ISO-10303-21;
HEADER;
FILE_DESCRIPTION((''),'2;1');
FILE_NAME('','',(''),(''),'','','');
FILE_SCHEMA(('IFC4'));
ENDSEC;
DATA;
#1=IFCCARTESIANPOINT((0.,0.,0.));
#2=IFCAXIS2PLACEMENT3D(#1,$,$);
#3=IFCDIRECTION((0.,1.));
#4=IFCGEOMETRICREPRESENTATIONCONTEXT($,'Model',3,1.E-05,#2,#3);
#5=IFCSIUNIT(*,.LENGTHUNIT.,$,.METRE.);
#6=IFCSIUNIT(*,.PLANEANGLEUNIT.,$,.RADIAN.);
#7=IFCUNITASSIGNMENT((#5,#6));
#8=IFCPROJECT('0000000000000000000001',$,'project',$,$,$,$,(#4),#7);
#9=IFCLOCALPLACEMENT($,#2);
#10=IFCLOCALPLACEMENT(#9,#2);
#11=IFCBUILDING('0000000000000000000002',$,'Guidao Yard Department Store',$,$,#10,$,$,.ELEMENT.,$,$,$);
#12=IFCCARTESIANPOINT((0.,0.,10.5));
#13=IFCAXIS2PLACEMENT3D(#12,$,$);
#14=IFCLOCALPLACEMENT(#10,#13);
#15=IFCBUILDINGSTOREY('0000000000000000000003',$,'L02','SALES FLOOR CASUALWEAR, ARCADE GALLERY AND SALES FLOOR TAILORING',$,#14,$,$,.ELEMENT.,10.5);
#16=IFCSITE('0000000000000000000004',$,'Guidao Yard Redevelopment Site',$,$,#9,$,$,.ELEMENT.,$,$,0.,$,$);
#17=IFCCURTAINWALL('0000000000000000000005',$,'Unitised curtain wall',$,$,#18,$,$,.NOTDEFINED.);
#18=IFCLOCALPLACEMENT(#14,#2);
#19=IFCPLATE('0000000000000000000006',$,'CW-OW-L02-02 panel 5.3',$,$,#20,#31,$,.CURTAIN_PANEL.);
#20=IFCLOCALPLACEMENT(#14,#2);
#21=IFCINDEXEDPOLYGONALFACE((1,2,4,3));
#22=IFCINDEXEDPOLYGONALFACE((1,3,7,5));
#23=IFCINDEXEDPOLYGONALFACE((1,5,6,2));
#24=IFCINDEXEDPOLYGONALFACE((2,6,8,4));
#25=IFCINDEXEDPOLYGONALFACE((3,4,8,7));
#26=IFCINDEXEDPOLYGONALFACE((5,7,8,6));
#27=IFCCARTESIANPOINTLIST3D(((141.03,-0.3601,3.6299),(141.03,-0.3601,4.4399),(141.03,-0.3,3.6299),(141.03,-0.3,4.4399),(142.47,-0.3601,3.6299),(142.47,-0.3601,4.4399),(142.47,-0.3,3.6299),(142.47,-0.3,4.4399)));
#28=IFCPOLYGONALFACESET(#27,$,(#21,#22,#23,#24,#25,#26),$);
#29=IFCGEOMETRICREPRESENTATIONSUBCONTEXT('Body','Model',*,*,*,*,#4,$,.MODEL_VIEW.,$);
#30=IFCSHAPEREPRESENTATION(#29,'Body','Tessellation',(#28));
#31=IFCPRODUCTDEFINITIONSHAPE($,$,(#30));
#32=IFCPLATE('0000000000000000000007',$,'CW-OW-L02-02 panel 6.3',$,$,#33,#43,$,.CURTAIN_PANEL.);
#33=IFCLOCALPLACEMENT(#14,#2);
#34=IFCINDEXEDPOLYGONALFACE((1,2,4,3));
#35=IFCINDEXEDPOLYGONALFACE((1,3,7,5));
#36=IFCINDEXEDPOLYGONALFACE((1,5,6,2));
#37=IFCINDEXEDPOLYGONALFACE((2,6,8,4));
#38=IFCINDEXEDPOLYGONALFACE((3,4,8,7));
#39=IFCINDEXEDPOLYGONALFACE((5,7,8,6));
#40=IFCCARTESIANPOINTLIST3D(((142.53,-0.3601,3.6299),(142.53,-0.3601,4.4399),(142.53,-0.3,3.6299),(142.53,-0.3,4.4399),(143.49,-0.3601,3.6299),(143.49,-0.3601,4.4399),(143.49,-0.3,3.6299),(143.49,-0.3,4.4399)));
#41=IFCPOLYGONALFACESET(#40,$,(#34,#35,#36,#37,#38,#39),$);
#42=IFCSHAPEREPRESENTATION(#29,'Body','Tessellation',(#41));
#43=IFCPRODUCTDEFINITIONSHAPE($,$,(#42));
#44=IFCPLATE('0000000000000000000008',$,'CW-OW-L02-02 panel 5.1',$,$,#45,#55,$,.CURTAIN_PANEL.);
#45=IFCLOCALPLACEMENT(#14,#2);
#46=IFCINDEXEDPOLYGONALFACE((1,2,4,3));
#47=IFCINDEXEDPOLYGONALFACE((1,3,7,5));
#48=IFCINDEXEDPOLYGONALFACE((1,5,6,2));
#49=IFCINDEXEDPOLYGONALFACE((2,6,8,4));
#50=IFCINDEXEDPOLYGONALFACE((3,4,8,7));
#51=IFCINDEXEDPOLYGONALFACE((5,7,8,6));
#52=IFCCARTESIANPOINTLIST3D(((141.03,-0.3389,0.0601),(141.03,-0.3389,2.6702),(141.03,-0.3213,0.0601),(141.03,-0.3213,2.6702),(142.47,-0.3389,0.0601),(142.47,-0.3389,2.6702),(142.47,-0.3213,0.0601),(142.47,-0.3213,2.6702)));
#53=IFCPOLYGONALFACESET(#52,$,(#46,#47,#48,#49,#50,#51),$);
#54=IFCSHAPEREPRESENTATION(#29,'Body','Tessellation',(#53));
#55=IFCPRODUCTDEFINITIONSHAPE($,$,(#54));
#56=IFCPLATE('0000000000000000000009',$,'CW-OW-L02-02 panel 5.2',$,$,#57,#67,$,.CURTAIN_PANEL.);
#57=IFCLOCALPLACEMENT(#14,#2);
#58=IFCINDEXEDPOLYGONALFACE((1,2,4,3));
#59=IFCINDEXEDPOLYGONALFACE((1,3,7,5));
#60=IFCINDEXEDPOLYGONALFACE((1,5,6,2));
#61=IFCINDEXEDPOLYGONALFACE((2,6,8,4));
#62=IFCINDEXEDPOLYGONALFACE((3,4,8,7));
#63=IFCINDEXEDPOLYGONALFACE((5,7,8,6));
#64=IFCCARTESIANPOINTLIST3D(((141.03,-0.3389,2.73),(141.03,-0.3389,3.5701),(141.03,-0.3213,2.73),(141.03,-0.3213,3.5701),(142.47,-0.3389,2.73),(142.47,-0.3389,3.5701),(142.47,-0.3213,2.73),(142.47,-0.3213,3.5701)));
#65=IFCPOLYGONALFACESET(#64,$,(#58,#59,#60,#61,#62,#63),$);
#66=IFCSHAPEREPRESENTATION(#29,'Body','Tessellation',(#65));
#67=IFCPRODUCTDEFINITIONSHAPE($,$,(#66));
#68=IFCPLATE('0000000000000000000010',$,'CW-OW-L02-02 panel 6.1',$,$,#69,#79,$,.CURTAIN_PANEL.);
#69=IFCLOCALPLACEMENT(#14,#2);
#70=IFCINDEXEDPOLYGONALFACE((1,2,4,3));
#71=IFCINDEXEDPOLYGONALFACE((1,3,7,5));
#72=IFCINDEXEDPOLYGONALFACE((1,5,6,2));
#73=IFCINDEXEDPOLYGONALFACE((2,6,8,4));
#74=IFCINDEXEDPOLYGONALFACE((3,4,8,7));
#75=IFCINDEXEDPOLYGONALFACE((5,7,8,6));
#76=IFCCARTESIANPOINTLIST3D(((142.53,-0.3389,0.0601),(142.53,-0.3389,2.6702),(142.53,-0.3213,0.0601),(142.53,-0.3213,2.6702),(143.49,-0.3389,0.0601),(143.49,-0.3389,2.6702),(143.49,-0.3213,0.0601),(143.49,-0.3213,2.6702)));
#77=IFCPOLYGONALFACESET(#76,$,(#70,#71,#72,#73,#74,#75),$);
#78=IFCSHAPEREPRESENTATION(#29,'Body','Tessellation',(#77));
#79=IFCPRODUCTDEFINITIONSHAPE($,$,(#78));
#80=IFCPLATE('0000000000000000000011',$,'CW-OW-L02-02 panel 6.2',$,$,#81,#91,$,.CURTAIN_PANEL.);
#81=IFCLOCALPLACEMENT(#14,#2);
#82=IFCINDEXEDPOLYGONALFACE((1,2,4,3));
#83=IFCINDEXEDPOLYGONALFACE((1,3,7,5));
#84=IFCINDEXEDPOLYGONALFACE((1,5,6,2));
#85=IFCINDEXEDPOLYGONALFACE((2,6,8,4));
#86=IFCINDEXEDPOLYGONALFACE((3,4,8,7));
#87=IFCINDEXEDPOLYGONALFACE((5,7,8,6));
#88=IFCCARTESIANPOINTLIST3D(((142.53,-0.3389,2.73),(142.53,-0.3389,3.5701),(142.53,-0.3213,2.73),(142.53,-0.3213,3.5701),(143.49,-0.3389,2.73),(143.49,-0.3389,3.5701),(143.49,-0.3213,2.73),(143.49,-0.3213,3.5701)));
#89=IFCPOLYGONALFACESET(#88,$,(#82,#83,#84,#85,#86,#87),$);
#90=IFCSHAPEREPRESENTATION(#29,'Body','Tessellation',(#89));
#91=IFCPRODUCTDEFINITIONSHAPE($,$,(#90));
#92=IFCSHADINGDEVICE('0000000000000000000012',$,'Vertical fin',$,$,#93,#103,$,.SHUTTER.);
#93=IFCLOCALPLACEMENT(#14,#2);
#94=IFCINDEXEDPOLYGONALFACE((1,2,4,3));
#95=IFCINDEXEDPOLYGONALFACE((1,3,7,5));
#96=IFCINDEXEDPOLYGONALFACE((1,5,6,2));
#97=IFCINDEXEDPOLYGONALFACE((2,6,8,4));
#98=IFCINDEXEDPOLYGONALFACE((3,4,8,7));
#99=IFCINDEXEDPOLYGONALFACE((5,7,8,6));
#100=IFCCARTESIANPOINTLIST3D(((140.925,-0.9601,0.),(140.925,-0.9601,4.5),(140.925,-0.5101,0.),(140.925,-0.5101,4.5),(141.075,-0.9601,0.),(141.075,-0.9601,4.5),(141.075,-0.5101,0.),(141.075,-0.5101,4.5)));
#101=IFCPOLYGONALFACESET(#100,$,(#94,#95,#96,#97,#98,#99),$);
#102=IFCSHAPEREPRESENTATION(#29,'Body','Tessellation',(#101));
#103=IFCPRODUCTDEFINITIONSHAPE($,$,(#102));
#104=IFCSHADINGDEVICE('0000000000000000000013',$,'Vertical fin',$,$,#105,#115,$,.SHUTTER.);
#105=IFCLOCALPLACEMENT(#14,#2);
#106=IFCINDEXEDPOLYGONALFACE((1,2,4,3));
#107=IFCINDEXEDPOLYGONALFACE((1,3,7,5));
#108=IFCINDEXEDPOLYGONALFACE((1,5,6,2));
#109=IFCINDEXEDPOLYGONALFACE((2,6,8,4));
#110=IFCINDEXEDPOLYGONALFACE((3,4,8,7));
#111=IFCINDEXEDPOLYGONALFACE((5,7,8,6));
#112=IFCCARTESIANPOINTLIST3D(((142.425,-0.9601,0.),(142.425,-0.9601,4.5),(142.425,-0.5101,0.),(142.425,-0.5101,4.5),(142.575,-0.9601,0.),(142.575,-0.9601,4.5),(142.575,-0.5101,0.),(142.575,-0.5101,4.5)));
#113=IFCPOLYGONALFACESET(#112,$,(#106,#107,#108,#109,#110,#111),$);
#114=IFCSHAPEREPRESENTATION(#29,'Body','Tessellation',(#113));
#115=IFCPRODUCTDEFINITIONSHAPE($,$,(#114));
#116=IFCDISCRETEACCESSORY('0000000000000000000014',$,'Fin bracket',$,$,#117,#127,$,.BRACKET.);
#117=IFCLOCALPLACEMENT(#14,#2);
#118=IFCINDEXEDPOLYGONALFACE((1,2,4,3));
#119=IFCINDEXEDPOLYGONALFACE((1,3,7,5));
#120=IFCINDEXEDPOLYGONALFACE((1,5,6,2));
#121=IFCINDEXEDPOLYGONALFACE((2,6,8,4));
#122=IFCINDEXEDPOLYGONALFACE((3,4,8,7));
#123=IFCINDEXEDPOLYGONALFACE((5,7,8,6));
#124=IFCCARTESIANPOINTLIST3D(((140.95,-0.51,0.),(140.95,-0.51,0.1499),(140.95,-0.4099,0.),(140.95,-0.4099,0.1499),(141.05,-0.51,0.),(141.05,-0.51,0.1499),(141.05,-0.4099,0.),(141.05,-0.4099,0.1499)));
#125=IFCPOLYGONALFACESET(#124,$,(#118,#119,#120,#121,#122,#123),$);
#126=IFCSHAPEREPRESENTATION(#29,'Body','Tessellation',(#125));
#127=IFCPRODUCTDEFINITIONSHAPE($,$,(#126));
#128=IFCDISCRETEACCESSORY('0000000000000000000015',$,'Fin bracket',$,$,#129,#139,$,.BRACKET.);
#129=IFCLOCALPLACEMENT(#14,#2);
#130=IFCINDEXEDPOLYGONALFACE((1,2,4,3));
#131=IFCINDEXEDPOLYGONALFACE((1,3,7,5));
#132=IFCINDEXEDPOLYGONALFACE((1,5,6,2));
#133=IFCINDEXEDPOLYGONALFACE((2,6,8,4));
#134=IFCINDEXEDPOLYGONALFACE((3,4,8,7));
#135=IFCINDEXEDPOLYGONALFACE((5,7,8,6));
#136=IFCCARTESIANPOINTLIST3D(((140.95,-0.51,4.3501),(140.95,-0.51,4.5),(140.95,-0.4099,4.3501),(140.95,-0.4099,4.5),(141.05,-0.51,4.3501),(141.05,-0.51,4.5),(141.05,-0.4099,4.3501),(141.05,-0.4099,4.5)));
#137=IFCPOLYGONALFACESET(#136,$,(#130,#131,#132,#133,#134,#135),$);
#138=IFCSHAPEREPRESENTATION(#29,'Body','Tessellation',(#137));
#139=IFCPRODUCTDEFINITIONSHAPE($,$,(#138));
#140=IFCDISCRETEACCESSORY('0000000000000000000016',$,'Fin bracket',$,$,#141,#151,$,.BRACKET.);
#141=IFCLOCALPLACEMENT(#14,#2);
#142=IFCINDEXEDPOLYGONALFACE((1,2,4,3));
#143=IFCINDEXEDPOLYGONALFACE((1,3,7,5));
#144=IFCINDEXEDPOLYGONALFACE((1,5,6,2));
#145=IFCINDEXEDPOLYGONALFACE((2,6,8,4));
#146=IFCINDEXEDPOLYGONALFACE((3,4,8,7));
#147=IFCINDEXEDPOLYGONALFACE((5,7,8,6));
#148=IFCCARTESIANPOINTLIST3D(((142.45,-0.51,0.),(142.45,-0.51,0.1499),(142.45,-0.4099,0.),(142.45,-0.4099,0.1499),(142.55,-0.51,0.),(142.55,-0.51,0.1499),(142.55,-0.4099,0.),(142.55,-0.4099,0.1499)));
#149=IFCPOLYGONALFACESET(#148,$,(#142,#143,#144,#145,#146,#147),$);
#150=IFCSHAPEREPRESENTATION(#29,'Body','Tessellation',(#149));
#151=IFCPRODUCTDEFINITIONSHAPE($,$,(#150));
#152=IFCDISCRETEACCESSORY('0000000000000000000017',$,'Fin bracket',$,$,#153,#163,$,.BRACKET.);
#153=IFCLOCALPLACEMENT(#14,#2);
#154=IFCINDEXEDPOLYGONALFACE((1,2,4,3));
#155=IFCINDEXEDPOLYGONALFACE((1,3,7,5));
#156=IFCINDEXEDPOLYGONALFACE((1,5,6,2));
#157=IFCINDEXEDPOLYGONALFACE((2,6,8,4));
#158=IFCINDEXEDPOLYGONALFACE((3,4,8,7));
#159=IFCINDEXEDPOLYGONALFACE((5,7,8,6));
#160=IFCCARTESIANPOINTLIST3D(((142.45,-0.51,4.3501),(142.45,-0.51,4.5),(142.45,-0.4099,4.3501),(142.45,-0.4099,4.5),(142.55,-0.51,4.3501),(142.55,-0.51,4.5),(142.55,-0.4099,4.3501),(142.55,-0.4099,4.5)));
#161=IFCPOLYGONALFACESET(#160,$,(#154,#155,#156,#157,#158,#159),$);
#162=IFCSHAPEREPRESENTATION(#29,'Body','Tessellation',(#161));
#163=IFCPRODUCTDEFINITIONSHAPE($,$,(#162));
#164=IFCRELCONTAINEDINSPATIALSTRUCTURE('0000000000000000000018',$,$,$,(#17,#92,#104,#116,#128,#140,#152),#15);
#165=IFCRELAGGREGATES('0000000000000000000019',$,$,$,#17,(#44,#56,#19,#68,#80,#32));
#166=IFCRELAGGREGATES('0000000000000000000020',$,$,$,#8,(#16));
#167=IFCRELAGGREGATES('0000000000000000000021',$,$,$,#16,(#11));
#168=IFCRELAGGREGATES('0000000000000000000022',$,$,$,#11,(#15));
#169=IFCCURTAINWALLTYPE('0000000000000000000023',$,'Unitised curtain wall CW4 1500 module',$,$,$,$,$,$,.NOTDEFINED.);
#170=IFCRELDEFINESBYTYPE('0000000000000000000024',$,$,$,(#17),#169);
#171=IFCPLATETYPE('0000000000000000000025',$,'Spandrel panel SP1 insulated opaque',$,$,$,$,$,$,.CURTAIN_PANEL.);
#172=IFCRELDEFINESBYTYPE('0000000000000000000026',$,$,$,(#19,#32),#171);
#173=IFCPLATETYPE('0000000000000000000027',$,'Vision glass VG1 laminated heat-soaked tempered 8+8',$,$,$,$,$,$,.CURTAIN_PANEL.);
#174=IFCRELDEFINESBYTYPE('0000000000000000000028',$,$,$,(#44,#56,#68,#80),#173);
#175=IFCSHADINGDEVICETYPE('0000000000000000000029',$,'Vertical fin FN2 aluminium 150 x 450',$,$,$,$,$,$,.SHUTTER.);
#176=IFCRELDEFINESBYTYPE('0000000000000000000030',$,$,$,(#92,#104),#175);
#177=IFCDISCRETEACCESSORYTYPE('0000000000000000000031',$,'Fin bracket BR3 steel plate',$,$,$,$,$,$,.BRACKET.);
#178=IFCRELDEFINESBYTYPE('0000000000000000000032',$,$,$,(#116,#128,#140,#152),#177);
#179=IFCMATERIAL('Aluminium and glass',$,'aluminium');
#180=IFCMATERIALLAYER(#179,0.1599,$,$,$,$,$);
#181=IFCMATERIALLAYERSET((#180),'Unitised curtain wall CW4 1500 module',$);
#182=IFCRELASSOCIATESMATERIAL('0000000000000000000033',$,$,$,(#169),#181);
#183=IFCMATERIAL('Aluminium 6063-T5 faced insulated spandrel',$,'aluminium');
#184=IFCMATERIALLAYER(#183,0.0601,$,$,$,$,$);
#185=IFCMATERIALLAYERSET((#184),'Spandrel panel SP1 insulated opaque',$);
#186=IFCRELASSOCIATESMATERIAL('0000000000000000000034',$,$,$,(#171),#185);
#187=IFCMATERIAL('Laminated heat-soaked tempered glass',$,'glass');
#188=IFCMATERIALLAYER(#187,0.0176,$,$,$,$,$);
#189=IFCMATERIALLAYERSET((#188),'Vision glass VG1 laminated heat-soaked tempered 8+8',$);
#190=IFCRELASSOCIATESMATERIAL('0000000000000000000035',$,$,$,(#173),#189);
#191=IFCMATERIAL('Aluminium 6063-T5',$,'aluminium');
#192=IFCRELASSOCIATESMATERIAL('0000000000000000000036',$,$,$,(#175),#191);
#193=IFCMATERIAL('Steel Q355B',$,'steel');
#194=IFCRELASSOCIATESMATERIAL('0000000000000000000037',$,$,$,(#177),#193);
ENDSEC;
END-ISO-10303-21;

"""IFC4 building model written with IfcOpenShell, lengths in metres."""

from ifc_helpers import new_model, si_unit, direction, frame, origin, origin_2d, place, context, subcontext, project, spatial, rectangle, extrude, material, layer, layer_set, type_object, element, aggregate, save


model = new_model("IFC4")

# Units and contexts
model_context = context("Model", 3, precision=1e-05, world=origin(), true_north=direction((0.0, 1.0)))
body_context = subcontext(model_context, "Body", "Model", "MODEL_VIEW")
ifc_project = project(units=[si_unit("LENGTHUNIT", "METRE"), si_unit("PLANEANGLEUNIT", "RADIAN")], contexts=[model_context])

# Site, building, storey
site_placement = place(None, origin())
site = spatial("IfcSite", under=ifc_project, at=site_placement, Name="Guidao Yard Redevelopment Site", CompositionType="ELEMENT", RefElevation=0.0)
building_placement = place(site_placement, origin())
building = spatial("IfcBuilding", under=site, at=building_placement, Name="Guidao Yard Department Store", CompositionType="ELEMENT")
storey_placement = place(building_placement, frame((0.0, 0.0, 10.5)))
storey = spatial("IfcBuildingStorey", under=building, at=storey_placement, Name="L02", Description="SALES FLOOR CASUALWEAR, ARCADE GALLERY AND SALES FLOOR TAILORING", CompositionType="ELEMENT", Elevation=10.5)

# Curtain wall, plates
ifc_material_1 = material(Name="Aluminium and glass", Category="aluminium")
ifc_layer_1 = layer(ifc_material_1, 0.1599)
ifc_layer_set_1 = layer_set([ifc_layer_1], Name="Unitised curtain wall CW4 1500 module")
curtain_wall_type = type_object("IfcCurtainWallType", Name="Unitised curtain wall CW4 1500 module", PredefinedType="NOTDEFINED", material=ifc_layer_set_1)
curtain_wall_placement = place(storey_placement, origin())
curtain_wall = element("IfcCurtainWall", 1, at=curtain_wall_placement, inside=storey, type_object=curtain_wall_type, Name="Unitised curtain wall", PredefinedType="NOTDEFINED")
ifc_material_2 = material(Name="Aluminium 6063-T5 faced insulated spandrel", Category="aluminium")
ifc_layer_2 = layer(ifc_material_2, 0.0601)
ifc_layer_set_2 = layer_set([ifc_layer_2], Name="Spandrel panel SP1 insulated opaque")
plate_type_1 = type_object("IfcPlateType", Name="Spandrel panel SP1 insulated opaque", PredefinedType="CURTAIN_PANEL", material=ifc_layer_set_2)
plate_1_placement = place(storey_placement, frame((141.75, -0.3301, 3.6299), z_axis=(0.0, 0.0, 1.0), x_axis=(-1.0, 0.0, 0.0)))
plate_1 = element("IfcPlate", 2, at=plate_1_placement, type_object=plate_type_1, Name="CW-OW-L02-02 panel 5.3", PredefinedType="CURTAIN_PANEL", context=body_context, shape_type="SweptSolid", body=[
    extrude(rectangle(XDim=1.4399, YDim=0.0601, at=origin_2d()), origin(), (0.0, 0.0, 1.0), 0.8101),
])
plate_2_placement = place(storey_placement, frame((143.01, -0.3301, 3.6299), z_axis=(0.0, 0.0, 1.0), x_axis=(-1.0, 0.0, 0.0)))
plate_2 = element("IfcPlate", 3, at=plate_2_placement, type_object=plate_type_1, Name="CW-OW-L02-02 panel 6.3", PredefinedType="CURTAIN_PANEL", context=body_context, shape_type="SweptSolid", body=[
    extrude(rectangle(XDim=0.96, YDim=0.0601, at=origin_2d()), origin(), (0.0, 0.0, 1.0), 0.8101),
])
ifc_material_3 = material(Name="Laminated heat-soaked tempered glass", Category="glass")
ifc_layer_3 = layer(ifc_material_3, 0.0176)
ifc_layer_set_3 = layer_set([ifc_layer_3], Name="Vision glass VG1 laminated heat-soaked tempered 8+8")
plate_type_2 = type_object("IfcPlateType", Name="Vision glass VG1 laminated heat-soaked tempered 8+8", PredefinedType="CURTAIN_PANEL", material=ifc_layer_set_3)
plate_3_placement = place(storey_placement, frame((141.75, -0.3301, 0.0601), z_axis=(0.0, 0.0, 1.0), x_axis=(-1.0, 0.0, 0.0)))
plate_3 = element("IfcPlate", 4, at=plate_3_placement, type_object=plate_type_2, Name="CW-OW-L02-02 panel 5.1", PredefinedType="CURTAIN_PANEL", context=body_context, shape_type="SweptSolid", body=[
    extrude(rectangle(XDim=1.4399, YDim=0.0176, at=origin_2d()), origin(), (0.0, 0.0, 1.0), 2.6101),
])
plate_4_placement = place(storey_placement, frame((141.75, -0.3301, 2.73), z_axis=(0.0, 0.0, 1.0), x_axis=(-1.0, 0.0, 0.0)))
plate_4 = element("IfcPlate", 5, at=plate_4_placement, type_object=plate_type_2, Name="CW-OW-L02-02 panel 5.2", PredefinedType="CURTAIN_PANEL", context=body_context, shape_type="SweptSolid", body=[
    extrude(rectangle(XDim=1.4399, YDim=0.0176, at=origin_2d()), origin(), (0.0, 0.0, 1.0), 0.8401),
])
plate_5_placement = place(storey_placement, frame((143.01, -0.3301, 0.0601), z_axis=(0.0, 0.0, 1.0), x_axis=(-1.0, 0.0, 0.0)))
plate_5 = element("IfcPlate", 6, at=plate_5_placement, type_object=plate_type_2, Name="CW-OW-L02-02 panel 6.1", PredefinedType="CURTAIN_PANEL", context=body_context, shape_type="SweptSolid", body=[
    extrude(rectangle(XDim=0.96, YDim=0.0176, at=origin_2d()), origin(), (0.0, 0.0, 1.0), 2.6101),
])
plate_6_placement = place(storey_placement, frame((143.01, -0.3301, 2.73), z_axis=(0.0, 0.0, 1.0), x_axis=(-1.0, 0.0, 0.0)))
plate_6 = element("IfcPlate", 7, at=plate_6_placement, type_object=plate_type_2, Name="CW-OW-L02-02 panel 6.2", PredefinedType="CURTAIN_PANEL", context=body_context, shape_type="SweptSolid", body=[
    extrude(rectangle(XDim=0.96, YDim=0.0176, at=origin_2d()), origin(), (0.0, 0.0, 1.0), 0.8401),
])
aggregate(curtain_wall, [plate_3, plate_4, plate_1, plate_5, plate_6, plate_2])

# Shading devices
ifc_material_4 = material(Name="Aluminium 6063-T5", Category="aluminium")
shading_device_type = type_object("IfcShadingDeviceType", Name="Vertical fin FN2 aluminium 150 x 450", PredefinedType="SHUTTER", material=ifc_material_4)
for number, where, z_axis, x_axis, name in (
    (8, (141.0, -0.7351, 0.0), (0.0, 0.0, 1.0), (-1.0, 0.0, 0.0), "Vertical fin"),
    (9, (142.5, -0.7351, 0.0), (0.0, 0.0, 1.0), (-1.0, 0.0, 0.0), "Vertical fin"),
):
    element("IfcShadingDevice", number, at=place(storey_placement, frame(where, z_axis=z_axis, x_axis=x_axis)), inside=storey, type_object=shading_device_type, Name=name, PredefinedType="SHUTTER", context=body_context, shape_type="SweptSolid", body=[
        extrude(rectangle(XDim=0.1499, YDim=0.45, at=origin_2d()), origin(), (0.0, 0.0, 1.0), 4.5),
    ])

# Discrete accessories
ifc_material_5 = material(Name="Steel Q355B", Category="steel")
discrete_accessory_type = type_object("IfcDiscreteAccessoryType", Name="Fin bracket BR3 steel plate", PredefinedType="BRACKET", material=ifc_material_5)
for number, where, z_axis, x_axis, name in (
    (10, (141.0, -0.46, 0.0), (0.0, 0.0, 1.0), (-1.0, 0.0, 0.0), "Fin bracket"),
    (11, (141.0, -0.46, 4.3501), (0.0, 0.0, 1.0), (-1.0, 0.0, 0.0), "Fin bracket"),
    (12, (142.5, -0.46, 0.0), (0.0, 0.0, 1.0), (-1.0, 0.0, 0.0), "Fin bracket"),
    (13, (142.5, -0.46, 4.3501), (0.0, 0.0, 1.0), (-1.0, 0.0, 0.0), "Fin bracket"),
):
    element("IfcDiscreteAccessory", number, at=place(storey_placement, frame(where, z_axis=z_axis, x_axis=x_axis)), inside=storey, type_object=discrete_accessory_type, Name=name, PredefinedType="BRACKET", context=body_context, shape_type="SweptSolid", body=[
        extrude(rectangle(XDim=0.1001, YDim=0.1001, at=origin_2d()), origin(), (0.0, 0.0, 1.0), 0.1499),
    ])

save(model, "model.ifc")
